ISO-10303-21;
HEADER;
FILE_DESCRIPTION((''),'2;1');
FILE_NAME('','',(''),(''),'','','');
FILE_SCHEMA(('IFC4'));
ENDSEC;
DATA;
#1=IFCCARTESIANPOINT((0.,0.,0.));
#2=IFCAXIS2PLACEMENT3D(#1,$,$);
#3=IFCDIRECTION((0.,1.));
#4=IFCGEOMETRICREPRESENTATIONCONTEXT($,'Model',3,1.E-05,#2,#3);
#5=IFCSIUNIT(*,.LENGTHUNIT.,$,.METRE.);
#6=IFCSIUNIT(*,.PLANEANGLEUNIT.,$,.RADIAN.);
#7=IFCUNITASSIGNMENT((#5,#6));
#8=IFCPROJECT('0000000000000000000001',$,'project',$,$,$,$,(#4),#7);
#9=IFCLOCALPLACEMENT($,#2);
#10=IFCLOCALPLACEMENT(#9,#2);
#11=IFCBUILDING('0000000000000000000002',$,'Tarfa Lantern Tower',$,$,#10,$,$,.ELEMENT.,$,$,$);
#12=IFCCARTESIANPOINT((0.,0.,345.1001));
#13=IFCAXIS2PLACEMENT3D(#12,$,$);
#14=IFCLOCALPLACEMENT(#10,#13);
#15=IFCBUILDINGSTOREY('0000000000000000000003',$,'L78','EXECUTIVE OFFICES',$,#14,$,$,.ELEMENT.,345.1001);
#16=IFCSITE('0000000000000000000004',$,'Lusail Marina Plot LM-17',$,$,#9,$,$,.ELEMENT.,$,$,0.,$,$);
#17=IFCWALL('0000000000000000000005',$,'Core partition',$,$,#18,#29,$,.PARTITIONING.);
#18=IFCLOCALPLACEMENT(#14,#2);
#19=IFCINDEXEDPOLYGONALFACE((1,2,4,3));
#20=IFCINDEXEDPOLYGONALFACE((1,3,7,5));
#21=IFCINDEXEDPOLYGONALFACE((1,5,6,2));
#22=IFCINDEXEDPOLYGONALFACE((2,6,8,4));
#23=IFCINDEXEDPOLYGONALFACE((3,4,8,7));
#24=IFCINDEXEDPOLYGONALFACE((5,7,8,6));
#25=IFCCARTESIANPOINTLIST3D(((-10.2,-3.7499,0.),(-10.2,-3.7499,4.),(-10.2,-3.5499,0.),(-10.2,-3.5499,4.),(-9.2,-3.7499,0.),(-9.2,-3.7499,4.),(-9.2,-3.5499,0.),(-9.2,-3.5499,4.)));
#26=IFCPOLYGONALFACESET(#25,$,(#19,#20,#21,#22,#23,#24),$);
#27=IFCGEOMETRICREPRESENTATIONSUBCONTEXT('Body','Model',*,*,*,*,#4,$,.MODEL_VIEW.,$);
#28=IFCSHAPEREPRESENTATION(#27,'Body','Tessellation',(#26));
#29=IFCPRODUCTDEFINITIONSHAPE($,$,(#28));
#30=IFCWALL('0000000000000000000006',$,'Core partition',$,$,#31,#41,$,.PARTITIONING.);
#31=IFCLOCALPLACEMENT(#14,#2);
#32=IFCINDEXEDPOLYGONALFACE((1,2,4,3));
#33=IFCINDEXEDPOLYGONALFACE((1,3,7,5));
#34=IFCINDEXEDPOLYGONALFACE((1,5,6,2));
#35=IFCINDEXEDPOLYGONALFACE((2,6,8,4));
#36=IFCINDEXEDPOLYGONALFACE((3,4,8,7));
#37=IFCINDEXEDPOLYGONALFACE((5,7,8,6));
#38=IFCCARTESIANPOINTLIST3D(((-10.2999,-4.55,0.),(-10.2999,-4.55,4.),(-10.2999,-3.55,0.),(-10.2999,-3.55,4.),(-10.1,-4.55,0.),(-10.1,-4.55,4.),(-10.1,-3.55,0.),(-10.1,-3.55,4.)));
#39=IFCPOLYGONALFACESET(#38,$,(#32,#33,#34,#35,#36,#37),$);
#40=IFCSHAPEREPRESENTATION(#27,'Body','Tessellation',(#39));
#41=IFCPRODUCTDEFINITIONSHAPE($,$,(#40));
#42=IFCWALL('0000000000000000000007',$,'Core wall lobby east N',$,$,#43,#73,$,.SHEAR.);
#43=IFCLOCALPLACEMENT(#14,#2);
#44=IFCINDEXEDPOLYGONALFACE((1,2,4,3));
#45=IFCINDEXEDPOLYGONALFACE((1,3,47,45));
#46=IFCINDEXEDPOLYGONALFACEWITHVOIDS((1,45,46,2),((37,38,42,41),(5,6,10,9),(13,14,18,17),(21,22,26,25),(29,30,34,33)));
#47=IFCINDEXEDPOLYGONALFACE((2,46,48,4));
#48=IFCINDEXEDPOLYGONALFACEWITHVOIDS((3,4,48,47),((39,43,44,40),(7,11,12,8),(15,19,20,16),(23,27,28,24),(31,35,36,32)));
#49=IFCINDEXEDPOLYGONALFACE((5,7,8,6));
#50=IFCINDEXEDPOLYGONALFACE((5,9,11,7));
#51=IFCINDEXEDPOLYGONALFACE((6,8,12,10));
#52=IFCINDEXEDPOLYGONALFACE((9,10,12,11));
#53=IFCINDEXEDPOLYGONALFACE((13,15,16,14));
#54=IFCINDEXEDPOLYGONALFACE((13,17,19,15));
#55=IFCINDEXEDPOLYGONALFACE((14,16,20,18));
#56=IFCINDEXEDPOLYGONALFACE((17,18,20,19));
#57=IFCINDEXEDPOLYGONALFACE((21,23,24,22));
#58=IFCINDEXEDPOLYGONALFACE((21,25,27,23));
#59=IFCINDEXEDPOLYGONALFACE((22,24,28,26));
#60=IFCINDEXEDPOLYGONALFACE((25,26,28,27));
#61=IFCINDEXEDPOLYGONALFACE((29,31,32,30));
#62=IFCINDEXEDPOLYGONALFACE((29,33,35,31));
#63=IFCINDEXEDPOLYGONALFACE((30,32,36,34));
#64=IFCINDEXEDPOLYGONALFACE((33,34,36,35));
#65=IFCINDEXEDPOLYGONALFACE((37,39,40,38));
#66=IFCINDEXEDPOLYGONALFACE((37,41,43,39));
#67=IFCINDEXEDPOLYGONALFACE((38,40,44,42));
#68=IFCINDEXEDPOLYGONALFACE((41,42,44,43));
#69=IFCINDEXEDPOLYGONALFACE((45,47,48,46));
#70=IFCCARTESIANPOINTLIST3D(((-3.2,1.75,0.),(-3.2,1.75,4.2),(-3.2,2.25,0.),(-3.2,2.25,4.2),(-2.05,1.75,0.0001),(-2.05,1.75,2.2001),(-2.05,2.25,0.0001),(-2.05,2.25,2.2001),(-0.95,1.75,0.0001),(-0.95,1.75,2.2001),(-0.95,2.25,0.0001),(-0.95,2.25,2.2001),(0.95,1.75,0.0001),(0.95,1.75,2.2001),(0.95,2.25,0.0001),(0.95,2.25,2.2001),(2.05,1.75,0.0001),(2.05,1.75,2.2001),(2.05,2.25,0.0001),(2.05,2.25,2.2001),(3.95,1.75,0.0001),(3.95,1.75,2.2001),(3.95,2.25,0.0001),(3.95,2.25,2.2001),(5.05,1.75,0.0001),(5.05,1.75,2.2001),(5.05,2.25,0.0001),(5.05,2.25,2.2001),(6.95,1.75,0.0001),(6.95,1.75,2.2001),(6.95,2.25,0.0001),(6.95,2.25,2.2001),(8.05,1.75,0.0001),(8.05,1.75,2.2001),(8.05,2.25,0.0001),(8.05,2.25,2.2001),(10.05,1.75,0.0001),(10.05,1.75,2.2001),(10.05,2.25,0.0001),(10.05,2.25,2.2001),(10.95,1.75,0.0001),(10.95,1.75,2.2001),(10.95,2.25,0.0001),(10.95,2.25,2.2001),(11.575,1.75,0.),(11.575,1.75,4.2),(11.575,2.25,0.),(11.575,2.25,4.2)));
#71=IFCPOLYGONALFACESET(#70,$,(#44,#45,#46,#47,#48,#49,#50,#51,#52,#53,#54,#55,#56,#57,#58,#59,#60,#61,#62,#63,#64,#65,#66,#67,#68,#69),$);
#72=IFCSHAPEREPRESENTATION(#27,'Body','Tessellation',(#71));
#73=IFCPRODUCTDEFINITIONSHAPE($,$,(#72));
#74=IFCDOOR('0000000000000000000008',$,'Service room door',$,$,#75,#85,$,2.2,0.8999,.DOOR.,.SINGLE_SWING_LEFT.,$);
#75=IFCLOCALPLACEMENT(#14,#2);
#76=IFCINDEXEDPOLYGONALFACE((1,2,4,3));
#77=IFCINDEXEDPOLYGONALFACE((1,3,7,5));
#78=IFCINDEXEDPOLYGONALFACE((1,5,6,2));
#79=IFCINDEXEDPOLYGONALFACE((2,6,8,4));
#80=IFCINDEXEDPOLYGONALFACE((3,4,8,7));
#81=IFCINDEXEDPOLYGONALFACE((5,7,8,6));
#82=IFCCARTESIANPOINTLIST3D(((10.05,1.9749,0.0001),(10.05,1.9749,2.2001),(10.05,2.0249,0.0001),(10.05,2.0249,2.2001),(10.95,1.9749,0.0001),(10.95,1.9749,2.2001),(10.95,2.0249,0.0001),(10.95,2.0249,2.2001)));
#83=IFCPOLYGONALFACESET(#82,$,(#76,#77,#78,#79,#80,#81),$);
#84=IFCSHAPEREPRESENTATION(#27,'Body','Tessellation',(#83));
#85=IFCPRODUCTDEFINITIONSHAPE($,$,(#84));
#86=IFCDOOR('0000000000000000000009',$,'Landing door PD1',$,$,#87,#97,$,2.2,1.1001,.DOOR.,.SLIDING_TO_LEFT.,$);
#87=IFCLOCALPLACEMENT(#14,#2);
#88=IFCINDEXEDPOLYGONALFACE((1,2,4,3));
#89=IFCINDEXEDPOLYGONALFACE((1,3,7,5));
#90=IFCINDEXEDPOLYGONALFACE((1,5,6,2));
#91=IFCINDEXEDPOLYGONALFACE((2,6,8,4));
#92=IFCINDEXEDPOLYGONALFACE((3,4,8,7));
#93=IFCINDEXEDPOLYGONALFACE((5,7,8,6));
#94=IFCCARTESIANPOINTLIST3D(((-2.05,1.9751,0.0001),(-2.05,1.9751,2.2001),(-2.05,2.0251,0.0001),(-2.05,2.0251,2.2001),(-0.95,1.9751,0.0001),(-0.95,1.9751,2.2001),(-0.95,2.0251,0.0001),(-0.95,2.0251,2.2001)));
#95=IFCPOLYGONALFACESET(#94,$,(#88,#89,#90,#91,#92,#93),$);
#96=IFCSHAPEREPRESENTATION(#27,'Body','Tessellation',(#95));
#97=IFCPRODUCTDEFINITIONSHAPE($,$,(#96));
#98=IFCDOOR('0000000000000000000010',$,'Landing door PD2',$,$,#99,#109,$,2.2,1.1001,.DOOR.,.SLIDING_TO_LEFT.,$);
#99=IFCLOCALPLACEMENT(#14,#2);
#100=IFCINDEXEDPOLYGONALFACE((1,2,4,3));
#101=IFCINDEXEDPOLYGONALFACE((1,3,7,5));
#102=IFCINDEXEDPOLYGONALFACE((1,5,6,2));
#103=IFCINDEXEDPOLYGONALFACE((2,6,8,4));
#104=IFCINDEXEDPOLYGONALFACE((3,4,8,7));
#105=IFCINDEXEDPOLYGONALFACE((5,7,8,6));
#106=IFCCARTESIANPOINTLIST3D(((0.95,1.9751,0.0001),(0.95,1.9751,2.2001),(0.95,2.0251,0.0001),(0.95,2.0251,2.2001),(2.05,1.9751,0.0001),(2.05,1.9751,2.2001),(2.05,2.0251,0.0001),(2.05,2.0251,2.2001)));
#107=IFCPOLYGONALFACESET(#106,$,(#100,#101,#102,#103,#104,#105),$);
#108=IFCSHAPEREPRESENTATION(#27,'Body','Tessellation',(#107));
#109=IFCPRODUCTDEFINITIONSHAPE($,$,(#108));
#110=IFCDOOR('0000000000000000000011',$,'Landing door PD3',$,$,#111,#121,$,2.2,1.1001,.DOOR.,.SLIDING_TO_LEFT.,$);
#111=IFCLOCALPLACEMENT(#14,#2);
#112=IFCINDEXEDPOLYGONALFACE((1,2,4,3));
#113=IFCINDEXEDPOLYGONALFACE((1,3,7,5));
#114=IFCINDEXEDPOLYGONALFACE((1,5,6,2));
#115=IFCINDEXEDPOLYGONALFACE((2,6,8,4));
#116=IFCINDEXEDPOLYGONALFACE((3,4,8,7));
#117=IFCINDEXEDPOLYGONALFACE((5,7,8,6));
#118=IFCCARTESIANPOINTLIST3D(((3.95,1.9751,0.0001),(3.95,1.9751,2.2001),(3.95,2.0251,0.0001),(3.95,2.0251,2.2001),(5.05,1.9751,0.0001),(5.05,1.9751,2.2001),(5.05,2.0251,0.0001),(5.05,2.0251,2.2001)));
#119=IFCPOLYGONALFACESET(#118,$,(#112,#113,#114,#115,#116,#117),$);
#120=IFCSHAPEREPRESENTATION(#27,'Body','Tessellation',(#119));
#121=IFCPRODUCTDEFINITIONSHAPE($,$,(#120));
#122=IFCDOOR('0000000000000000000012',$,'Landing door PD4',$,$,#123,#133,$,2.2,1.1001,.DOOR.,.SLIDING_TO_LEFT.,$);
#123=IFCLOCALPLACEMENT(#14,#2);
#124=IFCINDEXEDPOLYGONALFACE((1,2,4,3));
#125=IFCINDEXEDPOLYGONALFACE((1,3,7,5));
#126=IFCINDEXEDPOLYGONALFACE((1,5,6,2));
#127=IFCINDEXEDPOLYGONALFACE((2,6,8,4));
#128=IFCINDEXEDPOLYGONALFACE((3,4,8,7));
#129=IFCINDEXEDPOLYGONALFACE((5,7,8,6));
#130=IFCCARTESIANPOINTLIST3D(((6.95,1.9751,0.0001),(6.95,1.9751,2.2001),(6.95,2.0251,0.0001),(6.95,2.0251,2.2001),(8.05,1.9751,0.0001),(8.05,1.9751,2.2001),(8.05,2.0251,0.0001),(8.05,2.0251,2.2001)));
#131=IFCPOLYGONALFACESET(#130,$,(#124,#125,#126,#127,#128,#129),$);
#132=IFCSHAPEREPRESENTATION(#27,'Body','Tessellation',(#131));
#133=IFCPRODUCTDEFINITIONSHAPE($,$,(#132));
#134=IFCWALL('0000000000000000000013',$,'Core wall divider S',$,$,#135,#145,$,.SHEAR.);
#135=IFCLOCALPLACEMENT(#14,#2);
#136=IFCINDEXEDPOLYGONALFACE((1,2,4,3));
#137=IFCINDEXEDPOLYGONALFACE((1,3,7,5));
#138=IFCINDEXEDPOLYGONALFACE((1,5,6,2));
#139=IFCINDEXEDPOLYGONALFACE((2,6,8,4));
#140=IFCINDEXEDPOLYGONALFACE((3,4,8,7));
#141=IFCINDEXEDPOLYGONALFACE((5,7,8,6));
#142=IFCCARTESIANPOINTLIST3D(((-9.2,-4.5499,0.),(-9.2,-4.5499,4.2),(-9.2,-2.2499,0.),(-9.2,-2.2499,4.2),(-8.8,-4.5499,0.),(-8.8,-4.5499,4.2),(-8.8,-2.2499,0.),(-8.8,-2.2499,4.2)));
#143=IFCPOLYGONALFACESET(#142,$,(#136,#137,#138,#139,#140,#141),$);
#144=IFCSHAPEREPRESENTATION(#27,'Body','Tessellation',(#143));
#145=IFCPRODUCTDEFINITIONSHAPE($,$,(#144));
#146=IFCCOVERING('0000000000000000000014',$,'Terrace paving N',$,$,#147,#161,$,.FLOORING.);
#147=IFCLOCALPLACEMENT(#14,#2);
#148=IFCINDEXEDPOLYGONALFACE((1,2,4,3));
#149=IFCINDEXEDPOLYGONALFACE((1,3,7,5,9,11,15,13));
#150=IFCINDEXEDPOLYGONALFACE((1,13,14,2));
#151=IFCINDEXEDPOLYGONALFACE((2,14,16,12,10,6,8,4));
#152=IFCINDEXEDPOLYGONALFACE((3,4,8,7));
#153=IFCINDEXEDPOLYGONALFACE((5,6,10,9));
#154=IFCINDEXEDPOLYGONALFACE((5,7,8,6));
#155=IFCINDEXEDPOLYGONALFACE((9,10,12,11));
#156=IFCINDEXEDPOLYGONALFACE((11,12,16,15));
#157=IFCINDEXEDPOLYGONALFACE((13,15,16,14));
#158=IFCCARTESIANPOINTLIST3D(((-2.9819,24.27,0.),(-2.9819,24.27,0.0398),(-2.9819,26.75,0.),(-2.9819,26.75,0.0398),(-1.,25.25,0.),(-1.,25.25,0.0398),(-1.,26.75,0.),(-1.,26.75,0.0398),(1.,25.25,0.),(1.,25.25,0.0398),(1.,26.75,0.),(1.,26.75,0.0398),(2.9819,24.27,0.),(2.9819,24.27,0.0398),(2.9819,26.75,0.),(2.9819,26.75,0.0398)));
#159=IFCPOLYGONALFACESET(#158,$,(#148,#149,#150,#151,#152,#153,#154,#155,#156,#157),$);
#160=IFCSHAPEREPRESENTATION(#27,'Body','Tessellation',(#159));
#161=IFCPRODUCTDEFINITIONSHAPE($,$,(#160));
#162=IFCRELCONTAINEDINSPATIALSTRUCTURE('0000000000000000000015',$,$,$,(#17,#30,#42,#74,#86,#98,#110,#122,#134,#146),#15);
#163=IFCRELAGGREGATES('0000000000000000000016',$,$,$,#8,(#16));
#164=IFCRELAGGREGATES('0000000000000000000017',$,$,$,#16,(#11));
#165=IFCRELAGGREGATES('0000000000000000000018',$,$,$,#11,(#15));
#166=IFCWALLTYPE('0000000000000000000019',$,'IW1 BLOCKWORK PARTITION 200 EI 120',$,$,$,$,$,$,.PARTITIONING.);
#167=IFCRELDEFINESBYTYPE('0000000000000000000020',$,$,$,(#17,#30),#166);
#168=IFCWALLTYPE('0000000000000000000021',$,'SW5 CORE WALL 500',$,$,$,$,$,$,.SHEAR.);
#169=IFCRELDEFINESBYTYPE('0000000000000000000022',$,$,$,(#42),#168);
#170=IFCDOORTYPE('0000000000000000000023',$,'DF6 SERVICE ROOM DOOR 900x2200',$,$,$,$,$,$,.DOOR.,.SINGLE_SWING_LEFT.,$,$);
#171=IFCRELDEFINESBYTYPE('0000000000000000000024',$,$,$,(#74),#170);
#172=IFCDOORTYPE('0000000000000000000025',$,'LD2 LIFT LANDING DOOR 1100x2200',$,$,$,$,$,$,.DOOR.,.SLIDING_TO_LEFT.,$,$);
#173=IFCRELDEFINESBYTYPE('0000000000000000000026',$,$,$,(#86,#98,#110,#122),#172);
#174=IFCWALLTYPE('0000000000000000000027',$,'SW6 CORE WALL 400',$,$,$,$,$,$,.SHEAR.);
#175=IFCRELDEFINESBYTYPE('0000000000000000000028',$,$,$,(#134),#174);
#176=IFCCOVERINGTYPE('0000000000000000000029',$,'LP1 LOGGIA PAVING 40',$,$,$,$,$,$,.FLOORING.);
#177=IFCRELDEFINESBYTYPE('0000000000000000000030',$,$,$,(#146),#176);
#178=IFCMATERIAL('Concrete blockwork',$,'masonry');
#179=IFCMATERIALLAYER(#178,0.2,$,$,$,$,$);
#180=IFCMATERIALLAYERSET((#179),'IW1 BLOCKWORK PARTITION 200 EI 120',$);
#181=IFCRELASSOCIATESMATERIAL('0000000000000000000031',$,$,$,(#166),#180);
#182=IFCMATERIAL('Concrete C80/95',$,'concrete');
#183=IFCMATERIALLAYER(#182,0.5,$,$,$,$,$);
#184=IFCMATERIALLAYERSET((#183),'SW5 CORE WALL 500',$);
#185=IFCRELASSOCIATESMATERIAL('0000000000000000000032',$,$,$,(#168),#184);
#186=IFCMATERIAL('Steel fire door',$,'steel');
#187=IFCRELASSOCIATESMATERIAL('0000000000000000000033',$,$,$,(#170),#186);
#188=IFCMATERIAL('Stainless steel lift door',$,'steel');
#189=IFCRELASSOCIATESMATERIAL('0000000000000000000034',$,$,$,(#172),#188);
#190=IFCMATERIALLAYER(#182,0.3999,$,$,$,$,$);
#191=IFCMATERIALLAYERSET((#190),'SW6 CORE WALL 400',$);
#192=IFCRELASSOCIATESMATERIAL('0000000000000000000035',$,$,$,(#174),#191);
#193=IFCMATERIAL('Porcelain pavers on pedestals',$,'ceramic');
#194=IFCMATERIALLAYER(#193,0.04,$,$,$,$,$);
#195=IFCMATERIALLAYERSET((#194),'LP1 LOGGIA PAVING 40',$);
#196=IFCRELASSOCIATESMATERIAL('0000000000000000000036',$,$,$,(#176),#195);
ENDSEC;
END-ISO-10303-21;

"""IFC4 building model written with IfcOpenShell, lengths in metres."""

from ifc_helpers import new_model, si_unit, direction, frame, frame_2d, origin, place, context, subcontext, project, spatial, polyline, rectangle, outline, extrude, material, layer, layer_set, type_object, element, fill, save


model = new_model("IFC4")

# Units and contexts
model_context = context("Model", 3, precision=1e-05, world=origin(), true_north=direction((0.0, 1.0)))
body_context = subcontext(model_context, "Body", "Model", "MODEL_VIEW")
ifc_project = project(units=[si_unit("LENGTHUNIT", "METRE"), si_unit("PLANEANGLEUNIT", "RADIAN")], contexts=[model_context])

# Site, building, storey
site_placement = place(None, origin())
site = spatial("IfcSite", under=ifc_project, at=site_placement, Name="Lusail Marina Plot LM-17", CompositionType="ELEMENT", RefElevation=0.0)
building_placement = place(site_placement, origin())
building = spatial("IfcBuilding", under=site, at=building_placement, Name="Tarfa Lantern Tower", CompositionType="ELEMENT")
storey_placement = place(building_placement, frame((0.0, 0.0, 345.1001)))
storey = spatial("IfcBuildingStorey", under=building, at=storey_placement, Name="L78", Description="EXECUTIVE OFFICES", CompositionType="ELEMENT", Elevation=345.1001)

# Walls
ifc_material_1 = material(Name="Concrete blockwork", Category="masonry")
ifc_layer_1 = layer(ifc_material_1, 0.2)
ifc_layer_set_1 = layer_set([ifc_layer_1], Name="IW1 BLOCKWORK PARTITION 200 EI 120")
wall_type_1 = type_object("IfcWallType", Name="IW1 BLOCKWORK PARTITION 200 EI 120", PredefinedType="PARTITIONING", material=ifc_layer_set_1)
for number, where, z_axis, x_axis, name in (
    (1, (-9.2, -3.6499, 0.0), (0.0, 0.0, 1.0), (-1.0, 0.0, 0.0), "Core partition"),
    (2, (-10.2, -3.55, 0.0), (0.0, 0.0, 1.0), (0.0, -1.0, 0.0), "Core partition"),
):
    element("IfcWall", number, at=place(storey_placement, frame(where, z_axis=z_axis, x_axis=x_axis)), inside=storey, type_object=wall_type_1, Name=name, PredefinedType="PARTITIONING", context=body_context, shape_type="SweptSolid", body=[
        extrude(rectangle(XDim=1.0, YDim=0.2, at=frame_2d((0.5, 0.0))), origin(), (0.0, 0.0, 1.0), 4.0),
    ])

# Wall, openings, doors
ifc_material_2 = material(Name="Concrete C80/95", Category="concrete")
ifc_layer_2 = layer(ifc_material_2, 0.5)
ifc_layer_set_2 = layer_set([ifc_layer_2], Name="SW5 CORE WALL 500")
wall_type_2 = type_object("IfcWallType", Name="SW5 CORE WALL 500", PredefinedType="SHEAR", material=ifc_layer_set_2)
wall_1_placement = place(storey_placement, frame((-3.2, 2.0, 0.0), z_axis=(0.0, 0.0, 1.0), x_axis=(1.0, 0.0, 0.0)))
wall_1 = element("IfcWall", 3, at=wall_1_placement, inside=storey, type_object=wall_type_2, Name="Core wall lobby east N", PredefinedType="SHEAR", context=body_context, shape_type="SweptSolid", body=[
    extrude(rectangle(XDim=14.7749, YDim=0.5, at=frame_2d((7.3875, 0.0))), origin(), (0.0, 0.0, 1.0), 4.2),
])
opening_1_placement = place(wall_1_placement, frame((13.25, 0.0, 0.0)))
opening_1 = element("IfcOpeningElement", 4, at=opening_1_placement, cuts=wall_1, PredefinedType="OPENING", context=body_context, shape_type="SweptSolid", body=[
    extrude(rectangle(XDim=0.8999, YDim=2.2, at=frame_2d((0.45, 1.1001))), frame((0.0, 0.26, 0.0), z_axis=(0.0, -1.0, 0.0), x_axis=(1.0, 0.0, 0.0)), (0.0, 0.0, 1.0), 0.52),
])
opening_2_placement = place(wall_1_placement, frame((1.1499, 0.0, 0.0)))
opening_2 = element("IfcOpeningElement", 5, at=opening_2_placement, cuts=wall_1, PredefinedType="OPENING", context=body_context, shape_type="SweptSolid", body=[
    extrude(rectangle(XDim=1.1001, YDim=2.2, at=frame_2d((0.55, 1.1001))), frame((0.0, 0.26, 0.0), z_axis=(0.0, -1.0, 0.0), x_axis=(1.0, 0.0, 0.0)), (0.0, 0.0, 1.0), 0.52),
])
opening_3_placement = place(wall_1_placement, frame((4.1499, 0.0, 0.0)))
opening_3 = element("IfcOpeningElement", 6, at=opening_3_placement, cuts=wall_1, PredefinedType="OPENING", context=body_context, shape_type="SweptSolid", body=[
    extrude(rectangle(XDim=1.1001, YDim=2.2, at=frame_2d((0.55, 1.1001))), frame((0.0, 0.26, 0.0), z_axis=(0.0, -1.0, 0.0), x_axis=(1.0, 0.0, 0.0)), (0.0, 0.0, 1.0), 0.52),
])
opening_4_placement = place(wall_1_placement, frame((7.1499, 0.0, 0.0)))
opening_4 = element("IfcOpeningElement", 7, at=opening_4_placement, cuts=wall_1, PredefinedType="OPENING", context=body_context, shape_type="SweptSolid", body=[
    extrude(rectangle(XDim=1.1001, YDim=2.2, at=frame_2d((0.55, 1.1001))), frame((0.0, 0.26, 0.0), z_axis=(0.0, -1.0, 0.0), x_axis=(1.0, 0.0, 0.0)), (0.0, 0.0, 1.0), 0.52),
])
opening_5_placement = place(wall_1_placement, frame((10.1499, 0.0, 0.0)))
opening_5 = element("IfcOpeningElement", 8, at=opening_5_placement, cuts=wall_1, PredefinedType="OPENING", context=body_context, shape_type="SweptSolid", body=[
    extrude(rectangle(XDim=1.1001, YDim=2.2, at=frame_2d((0.55, 1.1001))), frame((0.0, 0.26, 0.0), z_axis=(0.0, -1.0, 0.0), x_axis=(1.0, 0.0, 0.0)), (0.0, 0.0, 1.0), 0.52),
])
ifc_material_3 = material(Name="Steel fire door", Category="steel")
door_type_1 = type_object("IfcDoorType", Name="DF6 SERVICE ROOM DOOR 900x2200", OperationType="SINGLE_SWING_LEFT", PredefinedType="DOOR", material=ifc_material_3)
door_1_placement = place(opening_1_placement, origin())
door_1 = element("IfcDoor", 9, at=door_1_placement, inside=storey, type_object=door_type_1, Name="Service room door", OperationType="SINGLE_SWING_LEFT", OverallHeight=2.2, OverallWidth=0.8999, PredefinedType="DOOR", context=body_context, shape_type="SweptSolid", body=[
    extrude(rectangle(XDim=0.8999, YDim=2.2, at=frame_2d((0.45, 1.1001))), frame((0.0, 0.0249, 0.0), z_axis=(0.0, -1.0, 0.0), x_axis=(1.0, 0.0, 0.0)), (0.0, 0.0, 1.0), 0.05),
])
fill(opening_1, door_1)
ifc_material_4 = material(Name="Stainless steel lift door", Category="steel")
door_type_2 = type_object("IfcDoorType", Name="LD2 LIFT LANDING DOOR 1100x2200", OperationType="SLIDING_TO_LEFT", PredefinedType="DOOR", material=ifc_material_4)
door_2_placement = place(opening_2_placement, frame((1.1001, 0.0, 0.0), z_axis=(0.0, 0.0, 1.0), x_axis=(-1.0, 0.0, 0.0)))
door_2 = element("IfcDoor", 10, at=door_2_placement, inside=storey, type_object=door_type_2, Name="Landing door PD1", OperationType="SLIDING_TO_LEFT", OverallHeight=2.2, OverallWidth=1.1001, PredefinedType="DOOR", context=body_context, shape_type="SweptSolid", body=[
    extrude(rectangle(XDim=1.1001, YDim=2.2, at=frame_2d((0.55, 1.1001))), frame((0.0, 0.0249, 0.0), z_axis=(0.0, -1.0, 0.0), x_axis=(1.0, 0.0, 0.0)), (0.0, 0.0, 1.0), 0.05),
])
fill(opening_2, door_2)
door_3_placement = place(opening_3_placement, frame((1.1001, 0.0, 0.0), z_axis=(0.0, 0.0, 1.0), x_axis=(-1.0, 0.0, 0.0)))
door_3 = element("IfcDoor", 11, at=door_3_placement, inside=storey, type_object=door_type_2, Name="Landing door PD2", OperationType="SLIDING_TO_LEFT", OverallHeight=2.2, OverallWidth=1.1001, PredefinedType="DOOR", context=body_context, shape_type="SweptSolid", body=[
    extrude(rectangle(XDim=1.1001, YDim=2.2, at=frame_2d((0.55, 1.1001))), frame((0.0, 0.0249, 0.0), z_axis=(0.0, -1.0, 0.0), x_axis=(1.0, 0.0, 0.0)), (0.0, 0.0, 1.0), 0.05),
])
fill(opening_3, door_3)
door_4_placement = place(opening_4_placement, frame((1.1001, 0.0, 0.0), z_axis=(0.0, 0.0, 1.0), x_axis=(-1.0, 0.0, 0.0)))
door_4 = element("IfcDoor", 12, at=door_4_placement, inside=storey, type_object=door_type_2, Name="Landing door PD3", OperationType="SLIDING_TO_LEFT", OverallHeight=2.2, OverallWidth=1.1001, PredefinedType="DOOR", context=body_context, shape_type="SweptSolid", body=[
    extrude(rectangle(XDim=1.1001, YDim=2.2, at=frame_2d((0.55, 1.1001))), frame((0.0, 0.0249, 0.0), z_axis=(0.0, -1.0, 0.0), x_axis=(1.0, 0.0, 0.0)), (0.0, 0.0, 1.0), 0.05),
])
fill(opening_4, door_4)
door_5_placement = place(opening_5_placement, frame((1.1001, 0.0, 0.0), z_axis=(0.0, 0.0, 1.0), x_axis=(-1.0, 0.0, 0.0)))
door_5 = element("IfcDoor", 13, at=door_5_placement, inside=storey, type_object=door_type_2, Name="Landing door PD4", OperationType="SLIDING_TO_LEFT", OverallHeight=2.2, OverallWidth=1.1001, PredefinedType="DOOR", context=body_context, shape_type="SweptSolid", body=[
    extrude(rectangle(XDim=1.1001, YDim=2.2, at=frame_2d((0.55, 1.1001))), frame((0.0, 0.0249, 0.0), z_axis=(0.0, -1.0, 0.0), x_axis=(1.0, 0.0, 0.0)), (0.0, 0.0, 1.0), 0.05),
])
fill(opening_5, door_5)

# Wall
ifc_layer_3 = layer(ifc_material_2, 0.3999)
ifc_layer_set_3 = layer_set([ifc_layer_3], Name="SW6 CORE WALL 400")
wall_type_3 = type_object("IfcWallType", Name="SW6 CORE WALL 400", PredefinedType="SHEAR", material=ifc_layer_set_3)
wall_2_placement = place(storey_placement, frame((-9.0, -2.25, 0.0), z_axis=(0.0, 0.0, 1.0), x_axis=(0.0, -1.0, 0.0)))
element("IfcWall", 14, at=wall_2_placement, inside=storey, type_object=wall_type_3, Name="Core wall divider S", PredefinedType="SHEAR", context=body_context, shape_type="SweptSolid", body=[
    extrude(rectangle(XDim=2.3, YDim=0.3999, at=frame_2d((1.1499, 0.0))), origin(), (0.0, 0.0, 1.0), 4.2),
])

# Covering
ifc_material_5 = material(Name="Porcelain pavers on pedestals", Category="ceramic")
ifc_layer_4 = layer(ifc_material_5, 0.04)
ifc_layer_set_4 = layer_set([ifc_layer_4], Name="LP1 LOGGIA PAVING 40")
covering_type = type_object("IfcCoveringType", Name="LP1 LOGGIA PAVING 40", PredefinedType="FLOORING", material=ifc_layer_set_4)
covering_1_placement = place(storey_placement, origin())
element("IfcCovering", 15, at=covering_1_placement, inside=storey, type_object=covering_type, Name="Terrace paving N", PredefinedType="FLOORING", context=body_context, shape_type="SweptSolid", body=[
    extrude(outline(polyline([(2.9819, 26.75), (2.9819, 24.27), (-2.9819, 24.27), (-2.9819, 26.75), (-1.0, 26.75), (-1.0, 25.25), (1.0, 25.25), (1.0, 26.75), (2.9819, 26.75)])), origin(), (0.0, 0.0, 1.0), 0.0398),
])

save(model, "model.ifc")
